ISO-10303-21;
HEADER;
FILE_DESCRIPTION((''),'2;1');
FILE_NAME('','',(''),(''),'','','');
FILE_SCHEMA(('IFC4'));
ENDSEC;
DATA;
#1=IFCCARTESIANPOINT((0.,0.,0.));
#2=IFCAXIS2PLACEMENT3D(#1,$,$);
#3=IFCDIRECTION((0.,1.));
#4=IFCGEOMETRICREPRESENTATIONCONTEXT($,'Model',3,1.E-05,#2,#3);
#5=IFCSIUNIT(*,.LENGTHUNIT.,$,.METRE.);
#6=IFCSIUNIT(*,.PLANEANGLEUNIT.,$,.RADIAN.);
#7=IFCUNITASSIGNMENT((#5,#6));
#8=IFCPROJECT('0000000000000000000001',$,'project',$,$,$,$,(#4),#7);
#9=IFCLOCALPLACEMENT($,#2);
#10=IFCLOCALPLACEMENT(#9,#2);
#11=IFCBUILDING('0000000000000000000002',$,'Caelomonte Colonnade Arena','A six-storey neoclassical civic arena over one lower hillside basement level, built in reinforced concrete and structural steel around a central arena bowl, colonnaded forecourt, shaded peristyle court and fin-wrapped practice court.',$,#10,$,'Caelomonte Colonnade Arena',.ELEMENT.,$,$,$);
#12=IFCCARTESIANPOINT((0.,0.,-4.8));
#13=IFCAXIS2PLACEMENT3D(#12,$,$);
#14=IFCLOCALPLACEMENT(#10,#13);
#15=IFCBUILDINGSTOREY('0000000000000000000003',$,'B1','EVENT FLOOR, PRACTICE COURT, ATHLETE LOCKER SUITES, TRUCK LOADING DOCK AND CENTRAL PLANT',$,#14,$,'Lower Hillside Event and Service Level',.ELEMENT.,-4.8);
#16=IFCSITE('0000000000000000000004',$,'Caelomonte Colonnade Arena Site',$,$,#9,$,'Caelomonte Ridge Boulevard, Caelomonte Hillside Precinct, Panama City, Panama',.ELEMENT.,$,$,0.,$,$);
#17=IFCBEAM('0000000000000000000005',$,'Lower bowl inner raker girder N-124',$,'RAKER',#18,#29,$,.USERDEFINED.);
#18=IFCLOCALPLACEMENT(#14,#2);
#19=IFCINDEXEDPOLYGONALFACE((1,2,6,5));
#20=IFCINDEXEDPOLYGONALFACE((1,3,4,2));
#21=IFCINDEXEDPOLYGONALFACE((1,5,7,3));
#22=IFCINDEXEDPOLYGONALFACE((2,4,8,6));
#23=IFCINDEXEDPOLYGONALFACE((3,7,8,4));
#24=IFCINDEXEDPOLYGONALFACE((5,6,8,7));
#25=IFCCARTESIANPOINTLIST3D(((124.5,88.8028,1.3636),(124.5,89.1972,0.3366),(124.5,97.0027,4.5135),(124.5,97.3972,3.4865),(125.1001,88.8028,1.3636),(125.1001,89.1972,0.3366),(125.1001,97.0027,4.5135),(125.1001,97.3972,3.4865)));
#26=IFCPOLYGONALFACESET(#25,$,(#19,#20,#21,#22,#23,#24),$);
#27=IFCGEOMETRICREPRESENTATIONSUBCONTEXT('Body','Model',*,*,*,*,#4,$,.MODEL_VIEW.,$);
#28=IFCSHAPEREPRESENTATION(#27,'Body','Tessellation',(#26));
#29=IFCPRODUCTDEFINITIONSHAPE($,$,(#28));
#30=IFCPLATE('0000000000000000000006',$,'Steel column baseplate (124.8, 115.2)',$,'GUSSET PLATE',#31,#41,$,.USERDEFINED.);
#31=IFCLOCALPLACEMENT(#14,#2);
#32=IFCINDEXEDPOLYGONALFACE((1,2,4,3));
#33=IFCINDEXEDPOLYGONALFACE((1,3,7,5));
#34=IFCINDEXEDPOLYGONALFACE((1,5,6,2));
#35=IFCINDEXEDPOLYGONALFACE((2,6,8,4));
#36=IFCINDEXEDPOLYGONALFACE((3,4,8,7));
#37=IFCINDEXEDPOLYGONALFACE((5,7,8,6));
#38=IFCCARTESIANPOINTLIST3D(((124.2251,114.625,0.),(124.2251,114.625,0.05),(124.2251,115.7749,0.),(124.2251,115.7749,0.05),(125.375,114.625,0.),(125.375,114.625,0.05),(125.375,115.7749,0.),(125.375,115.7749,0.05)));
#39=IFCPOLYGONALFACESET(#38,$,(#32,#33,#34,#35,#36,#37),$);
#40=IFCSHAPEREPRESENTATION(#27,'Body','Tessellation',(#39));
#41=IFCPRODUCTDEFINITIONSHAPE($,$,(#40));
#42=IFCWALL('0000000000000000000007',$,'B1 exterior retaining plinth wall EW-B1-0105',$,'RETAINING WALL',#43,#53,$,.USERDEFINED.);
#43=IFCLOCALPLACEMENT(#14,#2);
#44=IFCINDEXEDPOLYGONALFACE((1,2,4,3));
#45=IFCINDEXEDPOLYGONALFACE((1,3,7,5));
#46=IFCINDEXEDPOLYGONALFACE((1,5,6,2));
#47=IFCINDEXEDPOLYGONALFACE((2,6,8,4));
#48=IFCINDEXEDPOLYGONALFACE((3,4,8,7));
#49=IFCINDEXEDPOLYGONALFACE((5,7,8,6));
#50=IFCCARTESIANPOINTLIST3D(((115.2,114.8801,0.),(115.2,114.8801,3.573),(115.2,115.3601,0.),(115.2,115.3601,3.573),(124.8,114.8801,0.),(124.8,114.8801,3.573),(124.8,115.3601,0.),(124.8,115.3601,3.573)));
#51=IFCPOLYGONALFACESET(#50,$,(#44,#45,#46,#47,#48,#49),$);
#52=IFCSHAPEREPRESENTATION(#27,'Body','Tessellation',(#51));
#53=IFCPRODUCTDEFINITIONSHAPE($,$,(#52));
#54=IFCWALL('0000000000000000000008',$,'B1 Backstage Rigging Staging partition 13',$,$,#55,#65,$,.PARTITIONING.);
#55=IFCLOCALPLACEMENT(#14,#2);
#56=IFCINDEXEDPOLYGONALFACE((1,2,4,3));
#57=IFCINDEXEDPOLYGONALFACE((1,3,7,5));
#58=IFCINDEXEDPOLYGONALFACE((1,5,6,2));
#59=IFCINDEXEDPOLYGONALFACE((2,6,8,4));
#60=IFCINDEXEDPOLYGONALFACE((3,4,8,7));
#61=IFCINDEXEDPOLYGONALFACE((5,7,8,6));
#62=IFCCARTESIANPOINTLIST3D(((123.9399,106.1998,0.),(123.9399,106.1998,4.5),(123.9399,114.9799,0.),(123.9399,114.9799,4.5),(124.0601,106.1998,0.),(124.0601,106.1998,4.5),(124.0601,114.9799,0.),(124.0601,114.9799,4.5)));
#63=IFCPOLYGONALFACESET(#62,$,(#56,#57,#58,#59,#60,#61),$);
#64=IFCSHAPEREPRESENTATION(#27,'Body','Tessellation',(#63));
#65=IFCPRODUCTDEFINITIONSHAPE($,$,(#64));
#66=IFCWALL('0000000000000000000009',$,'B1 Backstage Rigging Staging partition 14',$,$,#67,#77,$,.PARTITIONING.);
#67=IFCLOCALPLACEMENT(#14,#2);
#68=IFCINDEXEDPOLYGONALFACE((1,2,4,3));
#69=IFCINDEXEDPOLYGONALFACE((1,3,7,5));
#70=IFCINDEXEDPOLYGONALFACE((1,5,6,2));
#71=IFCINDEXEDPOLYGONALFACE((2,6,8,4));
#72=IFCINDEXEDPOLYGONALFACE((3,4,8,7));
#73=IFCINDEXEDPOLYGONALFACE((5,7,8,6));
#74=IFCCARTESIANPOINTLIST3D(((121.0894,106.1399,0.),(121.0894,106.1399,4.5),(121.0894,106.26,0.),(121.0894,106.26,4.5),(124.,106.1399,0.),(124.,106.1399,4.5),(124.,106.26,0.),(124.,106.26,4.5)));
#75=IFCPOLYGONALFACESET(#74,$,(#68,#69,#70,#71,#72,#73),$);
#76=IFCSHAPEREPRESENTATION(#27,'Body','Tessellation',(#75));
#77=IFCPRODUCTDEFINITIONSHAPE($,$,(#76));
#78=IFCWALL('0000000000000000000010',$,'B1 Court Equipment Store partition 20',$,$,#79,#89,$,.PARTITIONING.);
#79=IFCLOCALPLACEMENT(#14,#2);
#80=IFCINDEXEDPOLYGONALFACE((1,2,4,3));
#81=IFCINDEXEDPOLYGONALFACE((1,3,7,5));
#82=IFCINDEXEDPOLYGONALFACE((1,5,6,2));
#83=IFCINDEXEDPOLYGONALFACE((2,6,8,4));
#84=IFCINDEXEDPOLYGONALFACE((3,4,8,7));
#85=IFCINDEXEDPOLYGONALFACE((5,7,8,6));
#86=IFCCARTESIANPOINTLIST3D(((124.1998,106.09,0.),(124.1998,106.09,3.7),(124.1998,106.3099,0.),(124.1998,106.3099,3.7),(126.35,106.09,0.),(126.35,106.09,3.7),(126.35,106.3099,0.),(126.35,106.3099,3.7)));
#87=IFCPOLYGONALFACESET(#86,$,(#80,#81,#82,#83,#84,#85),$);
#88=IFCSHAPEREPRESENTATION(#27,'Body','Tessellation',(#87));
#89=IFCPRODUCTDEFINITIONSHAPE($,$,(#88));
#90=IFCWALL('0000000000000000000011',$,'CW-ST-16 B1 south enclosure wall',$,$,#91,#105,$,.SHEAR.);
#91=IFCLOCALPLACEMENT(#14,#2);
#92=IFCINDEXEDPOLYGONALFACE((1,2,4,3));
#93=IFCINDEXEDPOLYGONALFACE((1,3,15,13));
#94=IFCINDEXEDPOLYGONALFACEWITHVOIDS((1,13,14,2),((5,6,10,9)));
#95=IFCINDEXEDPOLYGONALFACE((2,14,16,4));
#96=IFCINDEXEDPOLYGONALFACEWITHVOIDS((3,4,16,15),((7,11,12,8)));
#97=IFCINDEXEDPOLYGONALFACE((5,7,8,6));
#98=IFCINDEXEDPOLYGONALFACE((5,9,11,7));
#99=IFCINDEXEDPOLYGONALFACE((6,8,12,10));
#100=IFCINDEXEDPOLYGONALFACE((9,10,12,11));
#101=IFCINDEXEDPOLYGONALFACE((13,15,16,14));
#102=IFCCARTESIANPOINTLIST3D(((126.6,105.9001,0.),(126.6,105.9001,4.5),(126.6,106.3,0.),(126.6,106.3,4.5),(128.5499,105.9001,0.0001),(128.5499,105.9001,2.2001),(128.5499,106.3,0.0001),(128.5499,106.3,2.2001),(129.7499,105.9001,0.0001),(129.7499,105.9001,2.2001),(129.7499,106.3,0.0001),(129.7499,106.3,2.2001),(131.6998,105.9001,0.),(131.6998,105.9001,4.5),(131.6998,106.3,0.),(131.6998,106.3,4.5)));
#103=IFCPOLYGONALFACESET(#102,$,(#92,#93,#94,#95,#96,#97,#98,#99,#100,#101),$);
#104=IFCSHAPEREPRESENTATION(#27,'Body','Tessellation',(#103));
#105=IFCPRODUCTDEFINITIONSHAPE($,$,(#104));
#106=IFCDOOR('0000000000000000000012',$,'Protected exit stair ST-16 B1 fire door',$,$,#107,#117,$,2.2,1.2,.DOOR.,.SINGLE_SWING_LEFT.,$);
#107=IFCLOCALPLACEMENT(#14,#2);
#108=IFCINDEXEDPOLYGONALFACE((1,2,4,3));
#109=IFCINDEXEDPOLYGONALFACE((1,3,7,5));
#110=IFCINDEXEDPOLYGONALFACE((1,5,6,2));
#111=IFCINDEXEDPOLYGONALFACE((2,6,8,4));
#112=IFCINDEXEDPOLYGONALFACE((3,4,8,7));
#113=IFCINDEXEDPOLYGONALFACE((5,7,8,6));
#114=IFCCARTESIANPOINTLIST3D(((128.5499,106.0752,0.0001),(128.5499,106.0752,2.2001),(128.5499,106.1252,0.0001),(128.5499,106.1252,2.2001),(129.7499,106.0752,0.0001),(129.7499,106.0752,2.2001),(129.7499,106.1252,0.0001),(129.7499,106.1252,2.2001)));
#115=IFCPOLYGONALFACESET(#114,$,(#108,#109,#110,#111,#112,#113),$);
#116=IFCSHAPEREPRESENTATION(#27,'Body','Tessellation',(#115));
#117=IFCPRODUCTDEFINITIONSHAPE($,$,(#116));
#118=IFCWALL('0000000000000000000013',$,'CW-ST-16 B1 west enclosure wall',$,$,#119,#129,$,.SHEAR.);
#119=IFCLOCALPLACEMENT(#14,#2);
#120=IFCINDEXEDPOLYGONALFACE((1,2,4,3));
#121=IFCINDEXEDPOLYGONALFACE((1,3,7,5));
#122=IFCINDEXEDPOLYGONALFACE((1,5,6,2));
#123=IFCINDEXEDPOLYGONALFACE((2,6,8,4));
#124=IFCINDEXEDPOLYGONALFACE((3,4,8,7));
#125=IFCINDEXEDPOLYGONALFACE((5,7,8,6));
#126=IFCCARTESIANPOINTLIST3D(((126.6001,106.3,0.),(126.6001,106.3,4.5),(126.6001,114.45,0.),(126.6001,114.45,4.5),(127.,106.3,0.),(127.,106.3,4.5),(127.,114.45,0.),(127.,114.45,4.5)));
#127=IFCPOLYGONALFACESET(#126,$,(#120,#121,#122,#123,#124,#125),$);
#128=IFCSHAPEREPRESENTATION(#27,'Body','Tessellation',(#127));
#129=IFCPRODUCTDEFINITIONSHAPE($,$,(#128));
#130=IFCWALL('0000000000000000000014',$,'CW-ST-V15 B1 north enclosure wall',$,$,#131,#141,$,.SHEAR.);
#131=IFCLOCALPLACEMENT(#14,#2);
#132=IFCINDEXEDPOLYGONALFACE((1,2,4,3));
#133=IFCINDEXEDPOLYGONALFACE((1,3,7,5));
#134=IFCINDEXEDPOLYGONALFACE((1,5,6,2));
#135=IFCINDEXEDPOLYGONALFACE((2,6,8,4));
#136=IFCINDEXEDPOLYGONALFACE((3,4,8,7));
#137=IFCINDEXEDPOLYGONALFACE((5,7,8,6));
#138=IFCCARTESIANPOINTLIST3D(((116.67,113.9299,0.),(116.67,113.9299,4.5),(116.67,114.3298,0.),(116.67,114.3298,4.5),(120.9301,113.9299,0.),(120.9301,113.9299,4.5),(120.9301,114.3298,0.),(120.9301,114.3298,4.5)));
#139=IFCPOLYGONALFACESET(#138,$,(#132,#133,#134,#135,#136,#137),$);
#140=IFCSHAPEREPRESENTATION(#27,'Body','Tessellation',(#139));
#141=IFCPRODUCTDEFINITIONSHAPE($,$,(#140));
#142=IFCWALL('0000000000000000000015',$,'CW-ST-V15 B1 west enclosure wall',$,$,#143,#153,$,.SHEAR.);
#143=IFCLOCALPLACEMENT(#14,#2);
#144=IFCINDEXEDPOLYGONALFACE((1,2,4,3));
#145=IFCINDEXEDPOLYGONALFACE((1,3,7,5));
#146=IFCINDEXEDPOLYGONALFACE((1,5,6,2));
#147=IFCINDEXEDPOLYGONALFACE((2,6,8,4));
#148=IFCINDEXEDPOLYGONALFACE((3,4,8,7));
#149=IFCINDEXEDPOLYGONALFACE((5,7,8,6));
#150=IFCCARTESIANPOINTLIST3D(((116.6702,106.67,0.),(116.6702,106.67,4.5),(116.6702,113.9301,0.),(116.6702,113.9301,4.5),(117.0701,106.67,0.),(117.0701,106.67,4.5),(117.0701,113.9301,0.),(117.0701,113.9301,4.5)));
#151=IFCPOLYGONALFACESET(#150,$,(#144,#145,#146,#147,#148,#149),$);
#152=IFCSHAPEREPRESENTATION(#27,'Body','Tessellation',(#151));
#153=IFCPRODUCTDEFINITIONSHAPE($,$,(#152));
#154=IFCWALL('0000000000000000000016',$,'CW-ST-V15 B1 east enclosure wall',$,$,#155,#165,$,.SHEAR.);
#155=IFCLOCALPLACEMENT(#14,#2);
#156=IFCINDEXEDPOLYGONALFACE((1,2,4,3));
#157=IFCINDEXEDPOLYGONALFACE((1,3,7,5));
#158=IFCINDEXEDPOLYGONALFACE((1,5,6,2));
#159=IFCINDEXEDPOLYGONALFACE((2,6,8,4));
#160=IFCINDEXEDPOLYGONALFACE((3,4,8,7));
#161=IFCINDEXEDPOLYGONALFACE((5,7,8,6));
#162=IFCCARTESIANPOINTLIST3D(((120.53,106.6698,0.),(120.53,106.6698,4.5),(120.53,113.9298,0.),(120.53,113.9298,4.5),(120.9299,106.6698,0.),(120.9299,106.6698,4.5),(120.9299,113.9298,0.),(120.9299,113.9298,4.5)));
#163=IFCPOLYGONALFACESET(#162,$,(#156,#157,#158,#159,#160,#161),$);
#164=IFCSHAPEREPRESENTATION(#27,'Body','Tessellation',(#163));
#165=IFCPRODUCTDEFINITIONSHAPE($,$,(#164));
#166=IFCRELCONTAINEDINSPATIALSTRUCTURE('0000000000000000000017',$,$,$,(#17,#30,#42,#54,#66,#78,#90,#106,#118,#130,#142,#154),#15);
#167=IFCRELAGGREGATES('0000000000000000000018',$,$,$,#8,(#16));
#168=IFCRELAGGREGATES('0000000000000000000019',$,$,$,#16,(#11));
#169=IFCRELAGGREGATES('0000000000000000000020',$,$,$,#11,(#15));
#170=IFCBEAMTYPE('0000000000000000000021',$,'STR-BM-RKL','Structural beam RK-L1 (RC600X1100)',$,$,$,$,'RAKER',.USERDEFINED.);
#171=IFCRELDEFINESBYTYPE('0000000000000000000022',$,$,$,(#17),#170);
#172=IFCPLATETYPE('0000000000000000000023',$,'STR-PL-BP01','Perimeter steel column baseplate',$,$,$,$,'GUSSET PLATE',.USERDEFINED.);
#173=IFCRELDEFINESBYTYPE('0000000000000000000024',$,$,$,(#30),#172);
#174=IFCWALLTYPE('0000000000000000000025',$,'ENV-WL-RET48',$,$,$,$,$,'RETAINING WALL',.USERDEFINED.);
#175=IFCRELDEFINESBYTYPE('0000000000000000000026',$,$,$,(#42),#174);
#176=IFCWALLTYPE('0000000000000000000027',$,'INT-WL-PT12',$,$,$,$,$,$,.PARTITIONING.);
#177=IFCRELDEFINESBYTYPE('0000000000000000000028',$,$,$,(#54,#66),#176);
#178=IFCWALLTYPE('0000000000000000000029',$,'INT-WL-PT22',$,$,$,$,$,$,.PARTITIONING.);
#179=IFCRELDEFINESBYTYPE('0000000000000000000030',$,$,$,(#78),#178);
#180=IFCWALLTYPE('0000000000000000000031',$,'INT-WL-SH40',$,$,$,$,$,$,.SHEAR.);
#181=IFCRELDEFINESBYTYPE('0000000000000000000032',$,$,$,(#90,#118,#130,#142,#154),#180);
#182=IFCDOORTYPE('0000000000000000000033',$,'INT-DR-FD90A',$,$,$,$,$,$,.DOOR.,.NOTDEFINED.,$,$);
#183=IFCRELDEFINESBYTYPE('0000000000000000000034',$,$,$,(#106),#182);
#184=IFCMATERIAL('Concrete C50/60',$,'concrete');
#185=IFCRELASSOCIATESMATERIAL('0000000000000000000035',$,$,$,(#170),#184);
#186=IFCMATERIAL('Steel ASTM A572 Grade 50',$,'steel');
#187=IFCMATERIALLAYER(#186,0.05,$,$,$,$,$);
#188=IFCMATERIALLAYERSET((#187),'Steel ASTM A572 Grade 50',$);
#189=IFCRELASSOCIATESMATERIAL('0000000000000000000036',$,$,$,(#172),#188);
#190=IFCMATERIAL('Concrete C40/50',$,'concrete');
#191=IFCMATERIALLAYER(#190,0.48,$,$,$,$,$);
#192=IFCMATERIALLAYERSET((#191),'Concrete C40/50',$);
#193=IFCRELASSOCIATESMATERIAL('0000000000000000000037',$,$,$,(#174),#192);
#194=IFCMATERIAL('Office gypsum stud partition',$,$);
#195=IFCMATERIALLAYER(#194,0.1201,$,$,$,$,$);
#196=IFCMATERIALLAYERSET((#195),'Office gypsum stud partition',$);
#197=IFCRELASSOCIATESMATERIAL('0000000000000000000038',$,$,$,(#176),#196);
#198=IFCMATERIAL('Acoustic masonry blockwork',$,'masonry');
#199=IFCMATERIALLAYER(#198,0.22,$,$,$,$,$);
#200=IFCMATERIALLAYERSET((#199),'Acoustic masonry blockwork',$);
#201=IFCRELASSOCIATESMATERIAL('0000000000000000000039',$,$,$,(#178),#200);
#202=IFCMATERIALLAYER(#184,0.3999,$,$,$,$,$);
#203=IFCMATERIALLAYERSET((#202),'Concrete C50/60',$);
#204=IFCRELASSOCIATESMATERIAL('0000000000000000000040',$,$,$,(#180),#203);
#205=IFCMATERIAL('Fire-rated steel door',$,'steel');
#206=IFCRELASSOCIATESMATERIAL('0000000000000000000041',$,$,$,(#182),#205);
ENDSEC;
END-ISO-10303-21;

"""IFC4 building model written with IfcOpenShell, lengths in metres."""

from ifc_helpers import new_model, si_unit, direction, frame, frame_2d, origin, origin_2d, place, context, subcontext, project, spatial, rectangle, extrude, material, layer, layer_set, material_profile, profile_set, type_object, element, fill, save


model = new_model("IFC4")

# Units and contexts
model_context = context("Model", 3, precision=1e-05, world=origin(), true_north=direction((0.0, 1.0)))
body_context = subcontext(model_context, "Body", "Model", "MODEL_VIEW")
ifc_project = project(units=[si_unit("LENGTHUNIT", "METRE"), si_unit("PLANEANGLEUNIT", "RADIAN")], contexts=[model_context])

# Site, building, storey
site_placement = place(None, origin())
site = spatial("IfcSite", under=ifc_project, at=site_placement, Name="Caelomonte Colonnade Arena Site", LongName="Caelomonte Ridge Boulevard, Caelomonte Hillside Precinct, Panama City, Panama", CompositionType="ELEMENT", RefElevation=0.0)
building_placement = place(site_placement, origin())
building = spatial("IfcBuilding", under=site, at=building_placement, Name="Caelomonte Colonnade Arena", Description="A six-storey neoclassical civic arena over one lower hillside basement level, built in reinforced concrete and structural steel around a central arena bowl, colonnaded forecourt, shaded peristyle court and fin-wrapped practice court.", LongName="Caelomonte Colonnade Arena", CompositionType="ELEMENT")
storey_placement = place(building_placement, frame((0.0, 0.0, -4.8)))
storey = spatial("IfcBuildingStorey", under=building, at=storey_placement, Name="B1", Description="EVENT FLOOR, PRACTICE COURT, ATHLETE LOCKER SUITES, TRUCK LOADING DOCK AND CENTRAL PLANT", LongName="Lower Hillside Event and Service Level", CompositionType="ELEMENT", Elevation=-4.8)

# Shared definitions
ifc_material_1 = material(Name="Concrete C40/50", Category="concrete")

# Shared definitions
ifc_material_2 = material(Name="Concrete C50/60", Category="concrete")

# Beam
ifc_material_profile_1 = material_profile(ifc_material_2, rectangle(XDim=0.6001, YDim=1.1001, at=origin_2d()), Name="RC600X1100")
ifc_profile_set_1 = profile_set([ifc_material_profile_1], Name="Concrete C50/60")
beam_type = type_object("IfcBeamType", Name="STR-BM-RKL", Description="Structural beam RK-L1 (RC600X1100)", ElementType="RAKER", PredefinedType="USERDEFINED", material=ifc_profile_set_1)
beam_placement = place(storey_placement, frame((124.8, 89.0, 0.8501), z_axis=(0.0, 0.933495, 0.35859), x_axis=(-1.0, 0.0, 0.0)))
element("IfcBeam", 1, at=beam_placement, inside=storey, type_object=beam_type, Name="Lower bowl inner raker girder N-124", ObjectType="RAKER", PredefinedType="USERDEFINED", context=body_context, shape_type="SweptSolid", body=[
    extrude(rectangle(XDim=0.6001, YDim=1.1001, at=origin_2d()), origin(), (0.0, 0.0, 1.0), 8.7842),
])

# Plate
ifc_material_3 = material(Name="Steel ASTM A572 Grade 50", Category="steel")
ifc_layer_1 = layer(ifc_material_3, 0.05)
ifc_layer_set_1 = layer_set([ifc_layer_1], Name="Steel ASTM A572 Grade 50")
plate_type = type_object("IfcPlateType", Name="STR-PL-BP01", Description="Perimeter steel column baseplate", ElementType="GUSSET PLATE", PredefinedType="USERDEFINED", material=ifc_layer_set_1)
plate_placement = place(storey_placement, frame((124.8, 115.2, 0.0), z_axis=(0.0, 0.0, 1.0), x_axis=(1.0, 0.0, 0.0)))
element("IfcPlate", 2, at=plate_placement, inside=storey, type_object=plate_type, Name="Steel column baseplate (124.8, 115.2)", ObjectType="GUSSET PLATE", PredefinedType="USERDEFINED", context=body_context, shape_type="SweptSolid", body=[
    extrude(rectangle(XDim=1.1499, YDim=1.1499, at=origin_2d()), origin(), (0.0, 0.0, 1.0), 0.05),
])

# Walls
ifc_layer_2 = layer(ifc_material_1, 0.48)
ifc_layer_set_2 = layer_set([ifc_layer_2], Name="Concrete C40/50")
wall_type_1 = type_object("IfcWallType", Name="ENV-WL-RET48", ElementType="RETAINING WALL", PredefinedType="USERDEFINED", material=ifc_layer_set_2)
wall_1_placement = place(storey_placement, frame((124.8, 115.1201, 0.0), z_axis=(0.0, 0.0, 1.0), x_axis=(-1.0, 0.0, 0.0)))
element("IfcWall", 3, at=wall_1_placement, inside=storey, type_object=wall_type_1, Name="B1 exterior retaining plinth wall EW-B1-0105", ObjectType="RETAINING WALL", PredefinedType="USERDEFINED", context=body_context, shape_type="SweptSolid", body=[
    extrude(rectangle(XDim=9.6001, YDim=0.48, at=frame_2d((4.8, 0.0))), origin(), (0.0, 0.0, 1.0), 3.573),
])
ifc_material_4 = material(Name="Office gypsum stud partition")
ifc_layer_3 = layer(ifc_material_4, 0.1201)
ifc_layer_set_3 = layer_set([ifc_layer_3], Name="Office gypsum stud partition")
wall_type_2 = type_object("IfcWallType", Name="INT-WL-PT12", PredefinedType="PARTITIONING", material=ifc_layer_set_3)
wall_2_placement = place(storey_placement, frame((124.0, 114.98, 0.0), z_axis=(0.0, 0.0, 1.0), x_axis=(0.0, -1.0, 0.0)))
element("IfcWall", 4, at=wall_2_placement, inside=storey, type_object=wall_type_2, Name="B1 Backstage Rigging Staging partition 13", PredefinedType="PARTITIONING", context=body_context, shape_type="SweptSolid", body=[
    extrude(rectangle(XDim=8.78, YDim=0.1201, at=frame_2d((4.3901, 0.0))), origin(), (0.0, 0.0, 1.0), 4.5),
])
wall_3_placement = place(storey_placement, frame((124.0, 106.2, 0.0), z_axis=(0.0, 0.0, 1.0), x_axis=(-1.0, 0.0, 0.0)))
element("IfcWall", 5, at=wall_3_placement, inside=storey, type_object=wall_type_2, Name="B1 Backstage Rigging Staging partition 14", PredefinedType="PARTITIONING", context=body_context, shape_type="SweptSolid", body=[
    extrude(rectangle(XDim=2.9106, YDim=0.1201, at=frame_2d((1.4553, 0.0))), origin(), (0.0, 0.0, 1.0), 4.5),
])
ifc_material_5 = material(Name="Acoustic masonry blockwork", Category="masonry")
ifc_layer_4 = layer(ifc_material_5, 0.22)
ifc_layer_set_4 = layer_set([ifc_layer_4], Name="Acoustic masonry blockwork")
wall_type_3 = type_object("IfcWallType", Name="INT-WL-PT22", PredefinedType="PARTITIONING", material=ifc_layer_set_4)
wall_4_placement = place(storey_placement, frame((126.3501, 106.2, 0.0), z_axis=(0.0, 0.0, 1.0), x_axis=(-1.0, 0.0, 0.0)))
element("IfcWall", 6, at=wall_4_placement, inside=storey, type_object=wall_type_3, Name="B1 Court Equipment Store partition 20", PredefinedType="PARTITIONING", context=body_context, shape_type="SweptSolid", body=[
    extrude(rectangle(XDim=2.1501, YDim=0.22, at=frame_2d((1.0752, 0.0))), origin(), (0.0, 0.0, 1.0), 3.7),
])

# Wall, opening, door
ifc_layer_5 = layer(ifc_material_2, 0.3999)
ifc_layer_set_5 = layer_set([ifc_layer_5], Name="Concrete C50/60")
wall_type_4 = type_object("IfcWallType", Name="INT-WL-SH40", PredefinedType="SHEAR", material=ifc_layer_set_5)
wall_5_placement = place(storey_placement, frame((126.6001, 106.1001, 0.0), z_axis=(0.0, 0.0, 1.0), x_axis=(1.0, 0.0, 0.0)))
wall_5 = element("IfcWall", 7, at=wall_5_placement, inside=storey, type_object=wall_type_4, Name="CW-ST-16 B1 south enclosure wall", PredefinedType="SHEAR", context=body_context, shape_type="SweptSolid", body=[
    extrude(rectangle(XDim=5.0999, YDim=0.3999, at=frame_2d((2.5498, 0.0))), origin(), (0.0, 0.0, 1.0), 4.5),
])
opening_placement = place(wall_5_placement, frame((3.1499, 0.0, 0.0), z_axis=(0.0, 0.0, 1.0), x_axis=(-1.0, 0.0, 0.0)))
opening = element("IfcOpeningElement", 8, at=opening_placement, cuts=wall_5, PredefinedType="OPENING", context=body_context, shape_type="SweptSolid", body=[
    extrude(rectangle(XDim=1.2, YDim=2.2, at=frame_2d((0.6001, 1.1001))), frame((0.0, 0.21, 0.0), z_axis=(0.0, -1.0, 0.0), x_axis=(1.0, 0.0, 0.0)), (0.0, 0.0, 1.0), 0.4199),
])
ifc_material_6 = material(Name="Fire-rated steel door", Category="steel")
door_type = type_object("IfcDoorType", Name="INT-DR-FD90A", OperationType="NOTDEFINED", PredefinedType="DOOR", material=ifc_material_6)
door_placement = place(opening_placement, origin())
door = element("IfcDoor", 9, at=door_placement, inside=storey, type_object=door_type, Name="Protected exit stair ST-16 B1 fire door", OperationType="SINGLE_SWING_LEFT", OverallHeight=2.2, OverallWidth=1.2, PredefinedType="DOOR", context=body_context, shape_type="SweptSolid", body=[
    extrude(rectangle(XDim=1.2, YDim=2.2, at=frame_2d((0.6001, 1.1001))), frame((0.0, 0.0249, 0.0), z_axis=(0.0, -1.0, 0.0), x_axis=(1.0, 0.0, 0.0)), (0.0, 0.0, 1.0), 0.05),
])
fill(opening, door)

# Walls
wall_6_placement = place(storey_placement, frame((126.8, 114.45, 0.0), z_axis=(0.0, 0.0, 1.0), x_axis=(0.0, -1.0, 0.0)))
element("IfcWall", 10, at=wall_6_placement, inside=storey, type_object=wall_type_4, Name="CW-ST-16 B1 west enclosure wall", PredefinedType="SHEAR", context=body_context, shape_type="SweptSolid", body=[
    extrude(rectangle(XDim=8.1499, YDim=0.3999, at=frame_2d((4.075, 0.0))), origin(), (0.0, 0.0, 1.0), 4.5),
])
wall_7_placement = place(storey_placement, frame((120.9299, 114.1299, 0.0), z_axis=(0.0, 0.0, 1.0), x_axis=(-1.0, 0.0, 0.0)))
element("IfcWall", 11, at=wall_7_placement, inside=storey, type_object=wall_type_4, Name="CW-ST-V15 B1 north enclosure wall", PredefinedType="SHEAR", context=body_context, shape_type="SweptSolid", body=[
    extrude(rectangle(XDim=4.26, YDim=0.3999, at=frame_2d((2.1299, 0.0))), origin(), (0.0, 0.0, 1.0), 4.5),
])
for number, where, z_axis, x_axis, name in (
    (12, (116.8701, 113.9299, 0.0), (0.0, 0.0, 1.0), (0.0, -1.0, 0.0), "CW-ST-V15 B1 west enclosure wall"),
    (13, (120.73, 106.6699, 0.0), (0.0, 0.0, 1.0), (0.0, 1.0, 0.0), "CW-ST-V15 B1 east enclosure wall"),
):
    element("IfcWall", number, at=place(storey_placement, frame(where, z_axis=z_axis, x_axis=x_axis)), inside=storey, type_object=wall_type_4, Name=name, PredefinedType="SHEAR", context=body_context, shape_type="SweptSolid", body=[
        extrude(rectangle(XDim=7.26, YDim=0.3999, at=frame_2d((3.6299, 0.0))), origin(), (0.0, 0.0, 1.0), 4.5),
    ])

save(model, "model.ifc")
